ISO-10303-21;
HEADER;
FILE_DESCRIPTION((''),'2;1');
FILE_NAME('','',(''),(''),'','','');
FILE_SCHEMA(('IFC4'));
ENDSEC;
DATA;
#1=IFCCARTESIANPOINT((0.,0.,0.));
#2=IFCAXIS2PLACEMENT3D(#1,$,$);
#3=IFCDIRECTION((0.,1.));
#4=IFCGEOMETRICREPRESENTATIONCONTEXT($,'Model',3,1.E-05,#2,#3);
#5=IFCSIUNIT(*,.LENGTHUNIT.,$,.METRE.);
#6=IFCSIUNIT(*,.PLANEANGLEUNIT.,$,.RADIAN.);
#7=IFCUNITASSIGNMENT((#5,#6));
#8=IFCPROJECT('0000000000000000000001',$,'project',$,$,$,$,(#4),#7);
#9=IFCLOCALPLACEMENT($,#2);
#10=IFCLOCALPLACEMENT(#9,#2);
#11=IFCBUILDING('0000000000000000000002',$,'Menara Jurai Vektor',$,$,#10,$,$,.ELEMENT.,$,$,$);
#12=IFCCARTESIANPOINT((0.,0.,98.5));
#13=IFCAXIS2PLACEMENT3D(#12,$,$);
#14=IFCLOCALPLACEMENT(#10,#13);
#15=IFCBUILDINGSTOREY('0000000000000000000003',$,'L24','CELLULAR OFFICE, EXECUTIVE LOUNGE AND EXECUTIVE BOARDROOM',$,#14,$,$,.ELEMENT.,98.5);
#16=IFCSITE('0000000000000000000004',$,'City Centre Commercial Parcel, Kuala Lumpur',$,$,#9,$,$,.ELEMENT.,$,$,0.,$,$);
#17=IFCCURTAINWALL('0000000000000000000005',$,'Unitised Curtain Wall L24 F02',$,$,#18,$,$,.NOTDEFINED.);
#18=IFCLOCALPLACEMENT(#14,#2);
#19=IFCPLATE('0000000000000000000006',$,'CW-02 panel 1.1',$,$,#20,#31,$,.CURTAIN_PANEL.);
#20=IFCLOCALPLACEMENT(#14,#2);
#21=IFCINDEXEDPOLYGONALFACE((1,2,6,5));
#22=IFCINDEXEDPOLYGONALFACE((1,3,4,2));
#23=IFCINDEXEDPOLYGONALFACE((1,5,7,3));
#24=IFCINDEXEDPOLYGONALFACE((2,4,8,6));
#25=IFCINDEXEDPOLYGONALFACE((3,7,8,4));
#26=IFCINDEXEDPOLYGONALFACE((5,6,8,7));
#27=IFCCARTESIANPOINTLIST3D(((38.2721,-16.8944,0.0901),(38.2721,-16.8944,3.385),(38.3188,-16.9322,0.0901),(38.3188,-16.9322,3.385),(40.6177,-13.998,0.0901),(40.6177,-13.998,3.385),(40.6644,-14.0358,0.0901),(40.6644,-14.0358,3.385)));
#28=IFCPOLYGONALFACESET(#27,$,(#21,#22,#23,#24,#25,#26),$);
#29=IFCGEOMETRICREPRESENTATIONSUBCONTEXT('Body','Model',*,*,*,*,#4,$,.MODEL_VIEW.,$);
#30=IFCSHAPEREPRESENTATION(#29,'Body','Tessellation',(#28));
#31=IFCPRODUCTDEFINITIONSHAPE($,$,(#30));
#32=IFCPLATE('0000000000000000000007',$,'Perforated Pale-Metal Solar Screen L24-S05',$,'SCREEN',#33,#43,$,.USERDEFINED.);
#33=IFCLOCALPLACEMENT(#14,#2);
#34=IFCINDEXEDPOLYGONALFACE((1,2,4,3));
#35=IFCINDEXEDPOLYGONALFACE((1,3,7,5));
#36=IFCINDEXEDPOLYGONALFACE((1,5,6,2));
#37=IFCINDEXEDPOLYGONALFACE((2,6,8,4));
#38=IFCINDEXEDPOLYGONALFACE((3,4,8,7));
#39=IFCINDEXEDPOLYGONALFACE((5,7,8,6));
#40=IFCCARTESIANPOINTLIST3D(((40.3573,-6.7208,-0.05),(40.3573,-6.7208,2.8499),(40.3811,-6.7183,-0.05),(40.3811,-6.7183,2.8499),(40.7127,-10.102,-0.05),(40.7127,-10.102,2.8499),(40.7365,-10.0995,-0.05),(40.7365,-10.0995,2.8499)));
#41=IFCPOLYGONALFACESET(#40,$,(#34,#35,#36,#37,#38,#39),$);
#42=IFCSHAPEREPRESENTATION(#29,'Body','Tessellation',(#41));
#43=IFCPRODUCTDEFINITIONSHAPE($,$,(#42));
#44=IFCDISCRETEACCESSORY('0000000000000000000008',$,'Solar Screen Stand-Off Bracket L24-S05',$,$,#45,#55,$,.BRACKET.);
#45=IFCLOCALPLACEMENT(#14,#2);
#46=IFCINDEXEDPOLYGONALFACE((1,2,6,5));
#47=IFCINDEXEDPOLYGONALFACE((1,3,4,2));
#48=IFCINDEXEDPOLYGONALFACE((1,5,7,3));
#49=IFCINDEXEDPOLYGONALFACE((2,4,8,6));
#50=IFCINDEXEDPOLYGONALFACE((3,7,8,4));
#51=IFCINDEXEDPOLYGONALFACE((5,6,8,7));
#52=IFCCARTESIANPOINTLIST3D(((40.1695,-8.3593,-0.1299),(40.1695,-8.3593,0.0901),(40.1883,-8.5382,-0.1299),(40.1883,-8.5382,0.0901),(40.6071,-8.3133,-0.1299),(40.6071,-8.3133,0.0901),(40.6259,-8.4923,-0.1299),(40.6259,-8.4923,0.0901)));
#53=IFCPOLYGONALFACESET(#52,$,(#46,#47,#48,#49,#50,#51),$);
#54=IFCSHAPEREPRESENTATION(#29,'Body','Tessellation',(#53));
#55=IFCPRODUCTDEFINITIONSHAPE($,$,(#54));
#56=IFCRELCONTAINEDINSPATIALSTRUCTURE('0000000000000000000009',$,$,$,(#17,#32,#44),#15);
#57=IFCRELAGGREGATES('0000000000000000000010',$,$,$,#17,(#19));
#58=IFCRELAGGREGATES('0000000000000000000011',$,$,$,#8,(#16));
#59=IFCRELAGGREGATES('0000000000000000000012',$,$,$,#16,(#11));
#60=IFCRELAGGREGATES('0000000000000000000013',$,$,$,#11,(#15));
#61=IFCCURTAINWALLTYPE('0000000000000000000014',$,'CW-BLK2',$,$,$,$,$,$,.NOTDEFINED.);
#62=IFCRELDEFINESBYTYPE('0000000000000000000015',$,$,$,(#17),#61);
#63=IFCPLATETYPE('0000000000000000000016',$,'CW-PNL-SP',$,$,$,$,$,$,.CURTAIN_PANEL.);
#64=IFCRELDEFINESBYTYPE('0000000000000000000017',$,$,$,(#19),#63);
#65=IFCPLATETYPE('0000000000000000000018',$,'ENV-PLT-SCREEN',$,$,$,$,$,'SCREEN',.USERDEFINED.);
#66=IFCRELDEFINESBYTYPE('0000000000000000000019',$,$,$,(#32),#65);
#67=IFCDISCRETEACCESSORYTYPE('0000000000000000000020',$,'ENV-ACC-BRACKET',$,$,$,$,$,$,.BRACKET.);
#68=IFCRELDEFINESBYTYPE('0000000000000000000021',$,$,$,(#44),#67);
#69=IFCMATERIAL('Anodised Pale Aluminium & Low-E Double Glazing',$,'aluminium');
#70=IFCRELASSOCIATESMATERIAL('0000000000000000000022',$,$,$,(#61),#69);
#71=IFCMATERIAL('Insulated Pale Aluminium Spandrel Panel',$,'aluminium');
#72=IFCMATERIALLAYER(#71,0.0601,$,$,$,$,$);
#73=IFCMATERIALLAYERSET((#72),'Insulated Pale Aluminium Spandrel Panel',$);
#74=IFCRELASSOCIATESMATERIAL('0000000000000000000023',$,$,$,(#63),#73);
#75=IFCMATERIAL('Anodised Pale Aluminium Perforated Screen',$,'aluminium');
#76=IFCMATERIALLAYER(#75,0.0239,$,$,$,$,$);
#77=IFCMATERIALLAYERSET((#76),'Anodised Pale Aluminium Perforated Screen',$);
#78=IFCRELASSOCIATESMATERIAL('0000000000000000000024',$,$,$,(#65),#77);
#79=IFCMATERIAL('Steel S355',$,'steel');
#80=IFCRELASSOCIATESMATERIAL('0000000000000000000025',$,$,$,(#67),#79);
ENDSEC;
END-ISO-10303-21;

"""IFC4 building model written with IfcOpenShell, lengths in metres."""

from ifc_helpers import new_model, si_unit, direction, frame, origin, origin_2d, place, context, subcontext, project, spatial, rectangle, extrude, material, layer, layer_set, type_object, element, aggregate, save


model = new_model("IFC4")

# Units and contexts
model_context = context("Model", 3, precision=1e-05, world=origin(), true_north=direction((0.0, 1.0)))
body_context = subcontext(model_context, "Body", "Model", "MODEL_VIEW")
ifc_project = project(units=[si_unit("LENGTHUNIT", "METRE"), si_unit("PLANEANGLEUNIT", "RADIAN")], contexts=[model_context])

# Site, building, storey
site_placement = place(None, origin())
site = spatial("IfcSite", under=ifc_project, at=site_placement, Name="City Centre Commercial Parcel, Kuala Lumpur", CompositionType="ELEMENT", RefElevation=0.0)
building_placement = place(site_placement, origin())
building = spatial("IfcBuilding", under=site, at=building_placement, Name="Menara Jurai Vektor", CompositionType="ELEMENT")
storey_placement = place(building_placement, frame((0.0, 0.0, 98.5)))
storey = spatial("IfcBuildingStorey", under=building, at=storey_placement, Name="L24", Description="CELLULAR OFFICE, EXECUTIVE LOUNGE AND EXECUTIVE BOARDROOM", CompositionType="ELEMENT", Elevation=98.5)

# Curtain wall
ifc_material_1 = material(Name="Anodised Pale Aluminium & Low-E Double Glazing", Category="aluminium")
curtain_wall_type = type_object("IfcCurtainWallType", Name="CW-BLK2", PredefinedType="NOTDEFINED", material=ifc_material_1)
curtain_wall_1_placement = place(storey_placement, origin())
curtain_wall_1 = element("IfcCurtainWall", 1, at=curtain_wall_1_placement, inside=storey, type_object=curtain_wall_type, Name="Unitised Curtain Wall L24 F02", PredefinedType="NOTDEFINED")

# Shared definitions
ifc_material_2 = material(Name="Steel S355", Category="steel")

# Plates
ifc_material_3 = material(Name="Insulated Pale Aluminium Spandrel Panel", Category="aluminium")
ifc_layer_1 = layer(ifc_material_3, 0.0601)
ifc_layer_set_1 = layer_set([ifc_layer_1], Name="Insulated Pale Aluminium Spandrel Panel")
plate_type_1 = type_object("IfcPlateType", Name="CW-PNL-SP", PredefinedType="CURTAIN_PANEL", material=ifc_layer_set_1)
plate_1_placement = place(storey_placement, frame((39.4683, -15.4651, 0.0901), z_axis=(0.0, 0.0, 1.0), x_axis=(0.629341, 0.777129, 0.0)))
plate_1 = element("IfcPlate", 2, at=plate_1_placement, type_object=plate_type_1, Name="CW-02 panel 1.1", PredefinedType="CURTAIN_PANEL", context=body_context, shape_type="SweptSolid", body=[
    extrude(rectangle(XDim=3.7271, YDim=0.0601, at=origin_2d()), origin(), (0.0, 0.0, 1.0), 3.2949),
])
aggregate(curtain_wall_1, [plate_1])
ifc_material_4 = material(Name="Anodised Pale Aluminium Perforated Screen", Category="aluminium")
ifc_layer_2 = layer(ifc_material_4, 0.0239)
ifc_layer_set_2 = layer_set([ifc_layer_2], Name="Anodised Pale Aluminium Perforated Screen")
plate_type_2 = type_object("IfcPlateType", Name="ENV-PLT-SCREEN", ElementType="SCREEN", PredefinedType="USERDEFINED", material=ifc_layer_set_2)
plate_2_placement = place(storey_placement, frame((40.5469, -8.4102, -0.05), z_axis=(0.0, 0.0, 1.0), x_axis=(-0.104528, 0.994522, 0.0)))
element("IfcPlate", 3, at=plate_2_placement, inside=storey, type_object=plate_type_2, Name="Perforated Pale-Metal Solar Screen L24-S05", ObjectType="SCREEN", PredefinedType="USERDEFINED", context=body_context, shape_type="SweptSolid", body=[
    extrude(rectangle(XDim=3.3999, YDim=0.0239, at=origin_2d()), origin(), (0.0, 0.0, 1.0), 2.8999),
])

# Discrete accessory
discrete_accessory_type = type_object("IfcDiscreteAccessoryType", Name="ENV-ACC-BRACKET", PredefinedType="BRACKET", material=ifc_material_2)
discrete_accessory_placement = place(storey_placement, frame((40.3977, -8.4258, -0.1299), z_axis=(0.0, 0.0, 1.0), x_axis=(-0.104528, 0.994522, 0.0)))
element("IfcDiscreteAccessory", 4, at=discrete_accessory_placement, inside=storey, type_object=discrete_accessory_type, Name="Solar Screen Stand-Off Bracket L24-S05", PredefinedType="BRACKET", context=body_context, shape_type="SweptSolid", body=[
    extrude(rectangle(XDim=0.1799, YDim=0.4399, at=origin_2d()), origin(), (0.0, 0.0, 1.0), 0.22),
])

save(model, "model.ifc")
